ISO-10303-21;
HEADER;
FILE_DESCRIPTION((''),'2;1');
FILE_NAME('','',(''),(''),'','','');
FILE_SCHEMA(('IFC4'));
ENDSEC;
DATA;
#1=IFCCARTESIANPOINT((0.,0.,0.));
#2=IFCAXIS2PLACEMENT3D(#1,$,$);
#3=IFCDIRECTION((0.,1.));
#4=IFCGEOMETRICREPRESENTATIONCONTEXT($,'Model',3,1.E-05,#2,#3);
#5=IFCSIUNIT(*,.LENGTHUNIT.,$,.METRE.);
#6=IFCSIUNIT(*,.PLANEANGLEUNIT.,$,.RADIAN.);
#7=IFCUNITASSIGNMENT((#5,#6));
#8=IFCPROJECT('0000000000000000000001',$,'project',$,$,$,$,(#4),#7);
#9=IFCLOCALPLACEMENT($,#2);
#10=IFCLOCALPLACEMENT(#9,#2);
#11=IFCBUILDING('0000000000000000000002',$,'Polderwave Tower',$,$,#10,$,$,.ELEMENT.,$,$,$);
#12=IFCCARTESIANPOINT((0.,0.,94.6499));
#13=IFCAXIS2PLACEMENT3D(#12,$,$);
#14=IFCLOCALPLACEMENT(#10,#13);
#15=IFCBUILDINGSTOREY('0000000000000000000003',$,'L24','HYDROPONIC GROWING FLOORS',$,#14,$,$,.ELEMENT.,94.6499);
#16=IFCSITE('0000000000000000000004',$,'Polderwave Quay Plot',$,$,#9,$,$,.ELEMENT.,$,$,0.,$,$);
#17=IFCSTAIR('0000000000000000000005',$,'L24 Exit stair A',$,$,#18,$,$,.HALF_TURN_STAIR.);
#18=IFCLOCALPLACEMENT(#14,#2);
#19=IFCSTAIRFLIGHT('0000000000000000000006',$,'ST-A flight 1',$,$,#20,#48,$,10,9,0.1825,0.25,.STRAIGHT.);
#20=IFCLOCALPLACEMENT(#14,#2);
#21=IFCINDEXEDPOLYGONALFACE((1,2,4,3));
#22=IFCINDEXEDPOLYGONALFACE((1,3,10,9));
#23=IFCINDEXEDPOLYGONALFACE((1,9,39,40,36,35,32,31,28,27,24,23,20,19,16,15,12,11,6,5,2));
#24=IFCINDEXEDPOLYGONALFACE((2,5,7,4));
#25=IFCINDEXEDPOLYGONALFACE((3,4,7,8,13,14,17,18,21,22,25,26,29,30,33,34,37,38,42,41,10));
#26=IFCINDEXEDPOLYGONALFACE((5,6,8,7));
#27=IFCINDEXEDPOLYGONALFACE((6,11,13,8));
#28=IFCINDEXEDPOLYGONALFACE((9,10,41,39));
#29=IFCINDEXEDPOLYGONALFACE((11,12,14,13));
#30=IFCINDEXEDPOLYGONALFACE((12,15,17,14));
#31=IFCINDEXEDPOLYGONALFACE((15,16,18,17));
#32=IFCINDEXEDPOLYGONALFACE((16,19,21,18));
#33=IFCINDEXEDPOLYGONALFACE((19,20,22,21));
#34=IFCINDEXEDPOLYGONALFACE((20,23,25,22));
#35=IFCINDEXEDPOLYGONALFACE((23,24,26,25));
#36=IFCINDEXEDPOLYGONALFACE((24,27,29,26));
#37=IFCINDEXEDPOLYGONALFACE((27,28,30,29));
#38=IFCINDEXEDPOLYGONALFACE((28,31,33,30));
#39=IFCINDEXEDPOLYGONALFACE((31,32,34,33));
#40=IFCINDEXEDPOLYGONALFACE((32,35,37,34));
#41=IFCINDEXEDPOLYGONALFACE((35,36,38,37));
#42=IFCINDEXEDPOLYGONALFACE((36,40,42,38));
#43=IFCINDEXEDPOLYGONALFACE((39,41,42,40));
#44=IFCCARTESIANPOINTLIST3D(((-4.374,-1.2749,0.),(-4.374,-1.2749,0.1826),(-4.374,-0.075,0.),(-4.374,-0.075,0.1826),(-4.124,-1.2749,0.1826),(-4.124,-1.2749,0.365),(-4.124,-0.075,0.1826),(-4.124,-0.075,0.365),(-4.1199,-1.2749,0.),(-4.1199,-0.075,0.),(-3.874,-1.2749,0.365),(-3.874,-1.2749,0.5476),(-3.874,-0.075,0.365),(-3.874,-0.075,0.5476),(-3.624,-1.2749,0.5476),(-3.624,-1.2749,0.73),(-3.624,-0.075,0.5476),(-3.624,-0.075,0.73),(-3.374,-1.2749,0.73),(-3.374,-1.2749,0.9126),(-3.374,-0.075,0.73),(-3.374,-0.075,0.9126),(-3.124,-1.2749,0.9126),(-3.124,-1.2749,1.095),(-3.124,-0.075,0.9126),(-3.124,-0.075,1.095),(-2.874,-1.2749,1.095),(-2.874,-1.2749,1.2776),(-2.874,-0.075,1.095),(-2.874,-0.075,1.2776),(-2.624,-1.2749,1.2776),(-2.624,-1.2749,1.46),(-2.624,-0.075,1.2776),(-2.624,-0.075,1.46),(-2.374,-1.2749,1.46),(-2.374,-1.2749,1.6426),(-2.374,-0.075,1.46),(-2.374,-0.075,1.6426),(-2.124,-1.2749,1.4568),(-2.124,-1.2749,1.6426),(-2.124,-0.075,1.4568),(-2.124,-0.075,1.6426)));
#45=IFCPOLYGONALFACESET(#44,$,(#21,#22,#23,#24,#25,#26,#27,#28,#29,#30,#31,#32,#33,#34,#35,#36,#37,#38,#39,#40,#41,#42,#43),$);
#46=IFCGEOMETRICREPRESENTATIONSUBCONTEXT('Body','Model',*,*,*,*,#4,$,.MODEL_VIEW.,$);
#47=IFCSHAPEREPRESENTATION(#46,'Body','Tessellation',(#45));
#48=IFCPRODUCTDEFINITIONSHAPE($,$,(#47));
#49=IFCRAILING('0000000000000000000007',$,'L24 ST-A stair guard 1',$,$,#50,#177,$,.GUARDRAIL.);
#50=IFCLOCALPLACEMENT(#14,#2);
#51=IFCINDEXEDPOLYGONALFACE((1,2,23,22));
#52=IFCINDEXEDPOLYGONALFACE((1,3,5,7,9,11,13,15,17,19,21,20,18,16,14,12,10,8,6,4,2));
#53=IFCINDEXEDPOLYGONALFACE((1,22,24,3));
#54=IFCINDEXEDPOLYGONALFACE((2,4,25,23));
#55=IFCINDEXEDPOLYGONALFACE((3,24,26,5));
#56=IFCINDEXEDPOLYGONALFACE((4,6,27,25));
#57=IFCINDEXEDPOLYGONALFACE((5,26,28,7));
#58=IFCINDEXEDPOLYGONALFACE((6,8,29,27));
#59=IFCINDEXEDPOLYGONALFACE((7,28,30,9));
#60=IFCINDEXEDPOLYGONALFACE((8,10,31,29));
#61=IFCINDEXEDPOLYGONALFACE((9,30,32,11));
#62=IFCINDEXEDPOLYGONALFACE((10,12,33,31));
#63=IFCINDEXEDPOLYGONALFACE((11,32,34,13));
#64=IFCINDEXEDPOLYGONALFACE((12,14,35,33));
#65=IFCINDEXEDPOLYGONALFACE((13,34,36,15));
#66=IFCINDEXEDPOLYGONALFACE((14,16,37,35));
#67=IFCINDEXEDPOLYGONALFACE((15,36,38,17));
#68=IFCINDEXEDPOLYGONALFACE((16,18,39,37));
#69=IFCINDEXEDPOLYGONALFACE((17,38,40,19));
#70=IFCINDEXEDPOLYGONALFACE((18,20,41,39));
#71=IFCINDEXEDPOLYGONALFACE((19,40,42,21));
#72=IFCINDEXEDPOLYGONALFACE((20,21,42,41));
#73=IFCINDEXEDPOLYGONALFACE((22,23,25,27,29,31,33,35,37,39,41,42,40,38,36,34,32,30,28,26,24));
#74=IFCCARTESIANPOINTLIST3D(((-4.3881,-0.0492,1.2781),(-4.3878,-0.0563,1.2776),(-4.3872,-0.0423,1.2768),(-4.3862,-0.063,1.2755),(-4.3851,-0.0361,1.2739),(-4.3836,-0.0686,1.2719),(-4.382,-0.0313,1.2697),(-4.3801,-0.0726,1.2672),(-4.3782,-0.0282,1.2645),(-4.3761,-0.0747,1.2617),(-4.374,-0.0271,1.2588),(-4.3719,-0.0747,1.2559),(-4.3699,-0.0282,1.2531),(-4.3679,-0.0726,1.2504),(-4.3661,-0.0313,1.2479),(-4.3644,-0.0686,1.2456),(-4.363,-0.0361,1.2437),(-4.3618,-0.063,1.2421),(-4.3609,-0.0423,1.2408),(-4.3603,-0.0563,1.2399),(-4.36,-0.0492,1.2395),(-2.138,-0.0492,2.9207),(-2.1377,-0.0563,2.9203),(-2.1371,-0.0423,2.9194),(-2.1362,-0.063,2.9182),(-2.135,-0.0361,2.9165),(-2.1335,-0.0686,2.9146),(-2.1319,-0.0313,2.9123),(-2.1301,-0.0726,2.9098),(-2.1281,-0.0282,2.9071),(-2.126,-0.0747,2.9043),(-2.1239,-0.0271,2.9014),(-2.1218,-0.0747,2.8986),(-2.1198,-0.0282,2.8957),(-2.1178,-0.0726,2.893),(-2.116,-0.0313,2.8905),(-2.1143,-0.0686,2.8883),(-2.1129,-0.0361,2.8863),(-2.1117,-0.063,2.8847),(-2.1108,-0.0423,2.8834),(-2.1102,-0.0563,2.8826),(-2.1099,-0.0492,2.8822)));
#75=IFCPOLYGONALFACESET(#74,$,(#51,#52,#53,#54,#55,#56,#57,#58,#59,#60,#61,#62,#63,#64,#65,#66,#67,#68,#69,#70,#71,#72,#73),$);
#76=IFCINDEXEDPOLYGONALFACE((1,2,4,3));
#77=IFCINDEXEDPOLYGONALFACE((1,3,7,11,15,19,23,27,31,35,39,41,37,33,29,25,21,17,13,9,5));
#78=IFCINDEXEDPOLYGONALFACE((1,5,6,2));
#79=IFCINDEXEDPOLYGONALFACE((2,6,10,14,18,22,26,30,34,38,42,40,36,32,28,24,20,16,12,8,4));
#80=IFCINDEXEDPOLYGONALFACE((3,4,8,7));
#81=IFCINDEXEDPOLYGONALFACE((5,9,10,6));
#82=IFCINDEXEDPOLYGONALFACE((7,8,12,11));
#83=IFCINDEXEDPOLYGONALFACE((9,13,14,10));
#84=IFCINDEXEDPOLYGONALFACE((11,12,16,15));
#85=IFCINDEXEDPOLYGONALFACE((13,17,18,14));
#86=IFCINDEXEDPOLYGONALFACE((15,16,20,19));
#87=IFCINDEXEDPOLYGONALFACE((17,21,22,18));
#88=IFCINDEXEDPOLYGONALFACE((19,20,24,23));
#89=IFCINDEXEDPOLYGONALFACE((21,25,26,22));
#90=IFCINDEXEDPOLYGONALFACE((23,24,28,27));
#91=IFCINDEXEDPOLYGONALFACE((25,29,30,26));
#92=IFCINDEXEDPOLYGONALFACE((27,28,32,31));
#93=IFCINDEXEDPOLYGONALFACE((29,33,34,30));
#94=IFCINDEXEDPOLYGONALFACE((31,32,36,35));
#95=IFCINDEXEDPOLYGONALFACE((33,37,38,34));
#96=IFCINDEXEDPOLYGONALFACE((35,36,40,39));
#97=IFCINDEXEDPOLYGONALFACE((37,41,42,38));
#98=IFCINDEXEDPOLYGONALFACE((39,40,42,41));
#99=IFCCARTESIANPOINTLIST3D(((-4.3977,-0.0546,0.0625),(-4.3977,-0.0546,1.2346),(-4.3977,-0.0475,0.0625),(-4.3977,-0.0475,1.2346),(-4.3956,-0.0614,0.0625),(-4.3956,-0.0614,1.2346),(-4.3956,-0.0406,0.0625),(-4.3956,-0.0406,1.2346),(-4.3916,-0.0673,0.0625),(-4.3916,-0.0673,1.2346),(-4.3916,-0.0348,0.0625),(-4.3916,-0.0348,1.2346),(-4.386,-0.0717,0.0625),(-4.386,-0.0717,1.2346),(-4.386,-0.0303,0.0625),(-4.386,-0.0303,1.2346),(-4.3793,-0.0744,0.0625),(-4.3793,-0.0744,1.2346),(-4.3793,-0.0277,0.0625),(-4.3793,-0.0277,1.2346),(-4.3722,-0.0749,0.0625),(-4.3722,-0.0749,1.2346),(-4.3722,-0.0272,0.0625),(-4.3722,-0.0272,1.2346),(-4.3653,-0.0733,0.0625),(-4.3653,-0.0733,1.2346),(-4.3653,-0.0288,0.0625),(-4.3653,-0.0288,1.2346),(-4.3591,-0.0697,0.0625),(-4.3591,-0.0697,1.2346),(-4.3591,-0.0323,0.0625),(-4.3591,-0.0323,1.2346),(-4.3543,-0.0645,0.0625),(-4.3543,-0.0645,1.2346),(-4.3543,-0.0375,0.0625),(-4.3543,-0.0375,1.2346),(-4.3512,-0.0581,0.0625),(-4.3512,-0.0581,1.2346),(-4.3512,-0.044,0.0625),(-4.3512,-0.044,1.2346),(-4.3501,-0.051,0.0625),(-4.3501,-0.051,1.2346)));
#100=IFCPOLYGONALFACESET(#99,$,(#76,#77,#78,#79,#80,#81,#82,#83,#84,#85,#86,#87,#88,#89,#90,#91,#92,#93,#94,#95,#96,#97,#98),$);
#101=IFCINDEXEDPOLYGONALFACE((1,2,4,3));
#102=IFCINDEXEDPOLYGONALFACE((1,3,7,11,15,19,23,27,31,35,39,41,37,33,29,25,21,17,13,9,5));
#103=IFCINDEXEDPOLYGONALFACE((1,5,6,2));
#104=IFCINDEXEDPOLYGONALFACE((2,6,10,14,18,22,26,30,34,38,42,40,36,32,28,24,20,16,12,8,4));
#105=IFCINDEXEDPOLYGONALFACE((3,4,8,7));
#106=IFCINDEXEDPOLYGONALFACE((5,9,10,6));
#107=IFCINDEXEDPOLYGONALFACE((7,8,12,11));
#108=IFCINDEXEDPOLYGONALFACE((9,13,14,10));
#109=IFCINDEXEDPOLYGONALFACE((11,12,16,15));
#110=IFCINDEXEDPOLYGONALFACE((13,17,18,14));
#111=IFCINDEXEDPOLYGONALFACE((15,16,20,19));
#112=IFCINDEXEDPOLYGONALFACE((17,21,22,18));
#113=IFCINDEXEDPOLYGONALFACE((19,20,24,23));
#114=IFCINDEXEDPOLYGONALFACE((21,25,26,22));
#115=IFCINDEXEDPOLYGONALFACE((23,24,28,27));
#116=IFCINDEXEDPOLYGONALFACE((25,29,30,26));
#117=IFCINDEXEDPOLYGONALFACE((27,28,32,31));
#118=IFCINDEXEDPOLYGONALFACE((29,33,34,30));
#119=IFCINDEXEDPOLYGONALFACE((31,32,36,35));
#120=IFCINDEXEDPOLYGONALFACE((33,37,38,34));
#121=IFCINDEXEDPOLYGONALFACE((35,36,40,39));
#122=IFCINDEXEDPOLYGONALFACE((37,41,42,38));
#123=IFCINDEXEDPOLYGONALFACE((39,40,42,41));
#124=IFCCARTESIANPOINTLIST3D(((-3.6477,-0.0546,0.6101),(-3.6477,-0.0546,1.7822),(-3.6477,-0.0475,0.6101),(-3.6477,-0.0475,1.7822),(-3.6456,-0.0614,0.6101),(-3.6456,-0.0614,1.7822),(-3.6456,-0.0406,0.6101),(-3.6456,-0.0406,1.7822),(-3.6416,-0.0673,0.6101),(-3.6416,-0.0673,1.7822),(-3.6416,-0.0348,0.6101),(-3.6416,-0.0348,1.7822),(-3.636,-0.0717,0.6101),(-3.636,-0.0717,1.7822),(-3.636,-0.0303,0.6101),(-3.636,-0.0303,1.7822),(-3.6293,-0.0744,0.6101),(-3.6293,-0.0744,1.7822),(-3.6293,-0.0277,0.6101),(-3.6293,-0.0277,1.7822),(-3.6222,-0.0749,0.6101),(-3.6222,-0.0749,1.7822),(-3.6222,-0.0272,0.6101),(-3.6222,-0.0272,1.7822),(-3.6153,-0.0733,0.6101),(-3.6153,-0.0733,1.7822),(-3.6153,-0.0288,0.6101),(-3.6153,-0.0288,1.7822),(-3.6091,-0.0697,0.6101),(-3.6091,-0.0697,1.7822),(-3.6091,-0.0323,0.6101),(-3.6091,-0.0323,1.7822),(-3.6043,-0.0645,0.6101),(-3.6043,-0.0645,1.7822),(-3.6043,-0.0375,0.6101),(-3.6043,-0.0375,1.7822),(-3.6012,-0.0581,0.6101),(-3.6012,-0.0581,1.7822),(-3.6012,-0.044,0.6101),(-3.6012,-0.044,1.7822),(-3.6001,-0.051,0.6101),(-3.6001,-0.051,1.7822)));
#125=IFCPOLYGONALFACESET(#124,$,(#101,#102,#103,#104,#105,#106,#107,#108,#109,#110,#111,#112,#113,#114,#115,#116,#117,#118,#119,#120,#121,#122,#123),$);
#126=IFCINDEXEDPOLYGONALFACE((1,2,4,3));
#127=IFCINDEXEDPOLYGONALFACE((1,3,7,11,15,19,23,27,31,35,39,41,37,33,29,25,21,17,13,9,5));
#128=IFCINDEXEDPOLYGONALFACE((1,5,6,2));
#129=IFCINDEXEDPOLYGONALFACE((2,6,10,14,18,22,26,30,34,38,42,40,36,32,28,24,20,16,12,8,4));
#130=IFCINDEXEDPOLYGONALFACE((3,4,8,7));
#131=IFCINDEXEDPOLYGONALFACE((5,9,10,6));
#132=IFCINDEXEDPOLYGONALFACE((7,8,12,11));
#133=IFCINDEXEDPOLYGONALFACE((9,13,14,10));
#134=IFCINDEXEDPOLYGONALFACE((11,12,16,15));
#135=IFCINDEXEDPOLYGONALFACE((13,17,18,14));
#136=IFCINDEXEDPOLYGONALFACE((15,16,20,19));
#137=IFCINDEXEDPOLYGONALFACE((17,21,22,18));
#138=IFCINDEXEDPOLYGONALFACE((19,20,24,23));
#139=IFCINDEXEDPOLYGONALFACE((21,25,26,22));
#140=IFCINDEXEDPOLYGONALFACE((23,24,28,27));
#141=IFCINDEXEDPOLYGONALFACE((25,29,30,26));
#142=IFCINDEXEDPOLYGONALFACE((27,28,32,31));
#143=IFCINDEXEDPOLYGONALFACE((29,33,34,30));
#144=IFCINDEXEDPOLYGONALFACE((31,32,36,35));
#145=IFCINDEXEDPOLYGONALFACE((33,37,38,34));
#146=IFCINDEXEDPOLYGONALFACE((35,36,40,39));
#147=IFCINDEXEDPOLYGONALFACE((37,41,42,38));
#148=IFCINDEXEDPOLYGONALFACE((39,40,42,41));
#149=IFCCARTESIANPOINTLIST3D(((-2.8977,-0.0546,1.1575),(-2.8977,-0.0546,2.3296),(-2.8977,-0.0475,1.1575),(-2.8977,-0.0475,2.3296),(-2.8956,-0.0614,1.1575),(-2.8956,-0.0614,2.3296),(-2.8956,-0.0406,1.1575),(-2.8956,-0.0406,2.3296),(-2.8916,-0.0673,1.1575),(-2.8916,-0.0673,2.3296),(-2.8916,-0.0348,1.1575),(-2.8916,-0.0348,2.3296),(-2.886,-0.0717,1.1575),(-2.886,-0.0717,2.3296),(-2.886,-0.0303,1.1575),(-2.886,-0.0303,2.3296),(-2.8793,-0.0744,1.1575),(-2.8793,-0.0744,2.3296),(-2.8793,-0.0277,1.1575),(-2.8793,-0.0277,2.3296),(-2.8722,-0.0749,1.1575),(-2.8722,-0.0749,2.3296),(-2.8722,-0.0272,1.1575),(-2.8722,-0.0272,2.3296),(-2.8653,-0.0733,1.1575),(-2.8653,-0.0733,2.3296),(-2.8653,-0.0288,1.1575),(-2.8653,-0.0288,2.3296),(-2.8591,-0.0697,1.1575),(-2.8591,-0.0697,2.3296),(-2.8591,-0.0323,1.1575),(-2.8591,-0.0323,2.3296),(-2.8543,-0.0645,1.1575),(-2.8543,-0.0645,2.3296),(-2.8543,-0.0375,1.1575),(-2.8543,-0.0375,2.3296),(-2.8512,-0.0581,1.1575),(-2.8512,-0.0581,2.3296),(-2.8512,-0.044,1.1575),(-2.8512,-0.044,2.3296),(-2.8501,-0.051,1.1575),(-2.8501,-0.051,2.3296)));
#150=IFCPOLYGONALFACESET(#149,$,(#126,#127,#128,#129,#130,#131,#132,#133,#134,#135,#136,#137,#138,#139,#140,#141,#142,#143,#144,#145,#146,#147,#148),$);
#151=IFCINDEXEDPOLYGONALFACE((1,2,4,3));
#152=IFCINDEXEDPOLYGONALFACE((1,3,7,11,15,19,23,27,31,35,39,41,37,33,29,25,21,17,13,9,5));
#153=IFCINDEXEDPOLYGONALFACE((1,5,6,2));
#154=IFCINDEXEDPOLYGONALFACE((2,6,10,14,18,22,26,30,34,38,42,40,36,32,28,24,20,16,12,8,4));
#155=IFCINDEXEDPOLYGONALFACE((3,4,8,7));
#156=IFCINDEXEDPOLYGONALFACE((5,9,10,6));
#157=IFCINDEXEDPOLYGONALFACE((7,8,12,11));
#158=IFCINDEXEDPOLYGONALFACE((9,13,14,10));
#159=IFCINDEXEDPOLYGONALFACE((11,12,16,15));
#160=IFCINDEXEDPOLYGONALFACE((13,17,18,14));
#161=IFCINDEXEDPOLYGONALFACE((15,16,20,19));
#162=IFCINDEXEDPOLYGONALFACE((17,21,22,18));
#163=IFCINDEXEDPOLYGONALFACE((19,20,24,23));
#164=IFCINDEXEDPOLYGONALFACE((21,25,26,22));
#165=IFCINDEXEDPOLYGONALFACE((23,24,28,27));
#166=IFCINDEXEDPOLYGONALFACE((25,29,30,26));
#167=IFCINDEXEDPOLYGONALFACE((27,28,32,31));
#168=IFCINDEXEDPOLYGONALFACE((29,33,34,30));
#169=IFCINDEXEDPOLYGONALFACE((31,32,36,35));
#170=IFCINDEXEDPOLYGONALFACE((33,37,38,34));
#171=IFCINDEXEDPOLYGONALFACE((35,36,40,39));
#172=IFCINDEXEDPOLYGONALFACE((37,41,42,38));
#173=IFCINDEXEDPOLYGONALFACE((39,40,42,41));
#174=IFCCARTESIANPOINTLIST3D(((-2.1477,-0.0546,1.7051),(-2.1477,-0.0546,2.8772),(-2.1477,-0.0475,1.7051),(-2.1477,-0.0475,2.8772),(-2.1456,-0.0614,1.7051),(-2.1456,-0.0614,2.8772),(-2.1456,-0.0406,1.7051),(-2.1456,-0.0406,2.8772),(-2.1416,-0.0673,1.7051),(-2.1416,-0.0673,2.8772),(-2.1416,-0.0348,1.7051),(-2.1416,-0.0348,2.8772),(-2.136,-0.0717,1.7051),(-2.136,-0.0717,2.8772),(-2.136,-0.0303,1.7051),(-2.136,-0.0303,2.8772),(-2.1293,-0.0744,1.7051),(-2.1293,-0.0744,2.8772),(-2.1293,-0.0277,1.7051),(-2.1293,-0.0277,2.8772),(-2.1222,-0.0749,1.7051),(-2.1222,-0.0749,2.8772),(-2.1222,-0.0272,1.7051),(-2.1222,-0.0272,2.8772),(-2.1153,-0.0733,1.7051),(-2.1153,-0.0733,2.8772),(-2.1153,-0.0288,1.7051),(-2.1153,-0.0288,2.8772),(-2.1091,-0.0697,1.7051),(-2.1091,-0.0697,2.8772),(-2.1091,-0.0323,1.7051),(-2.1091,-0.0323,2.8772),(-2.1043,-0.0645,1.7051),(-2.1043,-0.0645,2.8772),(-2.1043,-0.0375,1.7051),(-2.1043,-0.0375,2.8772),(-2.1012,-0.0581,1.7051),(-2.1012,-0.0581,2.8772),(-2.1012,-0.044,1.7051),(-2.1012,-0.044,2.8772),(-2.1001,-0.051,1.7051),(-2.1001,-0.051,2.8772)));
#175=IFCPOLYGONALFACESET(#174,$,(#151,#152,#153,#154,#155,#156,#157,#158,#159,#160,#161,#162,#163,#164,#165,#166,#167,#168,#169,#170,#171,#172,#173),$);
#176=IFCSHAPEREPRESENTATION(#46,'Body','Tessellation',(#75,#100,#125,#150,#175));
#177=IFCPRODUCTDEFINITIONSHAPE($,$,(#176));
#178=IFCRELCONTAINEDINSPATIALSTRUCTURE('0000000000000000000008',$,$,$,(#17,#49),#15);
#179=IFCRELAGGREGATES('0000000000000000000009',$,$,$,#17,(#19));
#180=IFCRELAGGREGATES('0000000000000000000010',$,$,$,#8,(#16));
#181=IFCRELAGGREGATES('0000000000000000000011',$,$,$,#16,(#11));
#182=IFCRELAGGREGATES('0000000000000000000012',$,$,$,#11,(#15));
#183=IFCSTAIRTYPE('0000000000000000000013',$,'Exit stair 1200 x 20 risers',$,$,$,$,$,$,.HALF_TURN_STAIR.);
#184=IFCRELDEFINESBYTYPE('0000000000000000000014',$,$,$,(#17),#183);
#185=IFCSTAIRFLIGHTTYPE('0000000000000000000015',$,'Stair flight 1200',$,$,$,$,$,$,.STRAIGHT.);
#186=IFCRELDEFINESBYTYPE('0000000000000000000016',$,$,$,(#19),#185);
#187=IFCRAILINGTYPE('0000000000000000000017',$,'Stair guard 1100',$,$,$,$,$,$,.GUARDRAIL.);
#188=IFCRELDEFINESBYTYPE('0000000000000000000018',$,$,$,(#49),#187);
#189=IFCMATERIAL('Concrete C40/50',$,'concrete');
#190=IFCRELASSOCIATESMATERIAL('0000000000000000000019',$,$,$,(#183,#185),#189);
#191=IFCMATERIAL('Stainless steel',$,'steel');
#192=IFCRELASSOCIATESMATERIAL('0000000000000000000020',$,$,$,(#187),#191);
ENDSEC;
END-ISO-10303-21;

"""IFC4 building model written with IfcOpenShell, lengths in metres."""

from ifc_helpers import new_model, si_unit, direction, frame, origin, origin_2d, place, context, subcontext, project, spatial, polyline, circle, outline, extrude, material, type_object, element, aggregate, save


model = new_model("IFC4")

# Units and contexts
model_context = context("Model", 3, precision=1e-05, world=origin(), true_north=direction((0.0, 1.0)))
body_context = subcontext(model_context, "Body", "Model", "MODEL_VIEW")
ifc_project = project(units=[si_unit("LENGTHUNIT", "METRE"), si_unit("PLANEANGLEUNIT", "RADIAN")], contexts=[model_context])

# Site, building, storey
site_placement = place(None, origin())
site = spatial("IfcSite", under=ifc_project, at=site_placement, Name="Polderwave Quay Plot", CompositionType="ELEMENT", RefElevation=0.0)
building_placement = place(site_placement, origin())
building = spatial("IfcBuilding", under=site, at=building_placement, Name="Polderwave Tower", CompositionType="ELEMENT")
storey_placement = place(building_placement, frame((0.0, 0.0, 94.6499)))
storey = spatial("IfcBuildingStorey", under=building, at=storey_placement, Name="L24", Description="HYDROPONIC GROWING FLOORS", CompositionType="ELEMENT", Elevation=94.6499)

# Shared definitions
ifc_material_1 = material(Name="Concrete C40/50", Category="concrete")

# Stair, stair flight
stair_type = type_object("IfcStairType", Name="Exit stair 1200 x 20 risers", PredefinedType="HALF_TURN_STAIR", material=ifc_material_1)
stair_placement = place(storey_placement, origin())
stair = element("IfcStair", 1, at=stair_placement, inside=storey, type_object=stair_type, Name="L24 Exit stair A", PredefinedType="HALF_TURN_STAIR")
stair_flight_type = type_object("IfcStairFlightType", Name="Stair flight 1200", PredefinedType="STRAIGHT", material=ifc_material_1)
stair_flight_placement = place(storey_placement, frame((-4.374, -0.675, 0.0), z_axis=(0.0, 0.0, 1.0), x_axis=(1.0, 0.0, 0.0)))
stair_flight = element("IfcStairFlight", 2, at=stair_flight_placement, type_object=stair_flight_type, Name="ST-A flight 1", NumberOfRisers=10, NumberOfTreads=9, PredefinedType="STRAIGHT", RiserHeight=0.1825, TreadLength=0.25, context=body_context, shape_type="SweptSolid", body=[
    extrude(outline(polyline([(0.0, 0.0), (0.0, 0.1826), (0.25, 0.1826), (0.25, 0.365), (0.5, 0.365), (0.5, 0.5476), (0.75, 0.5476), (0.75, 0.73), (1.0, 0.73), (1.0, 0.9126), (1.25, 0.9126), (1.25, 1.095), (1.5, 1.095), (1.5, 1.2776), (1.75, 1.2776), (1.75, 1.46), (2.0, 1.46), (2.0, 1.6426), (2.25, 1.6426), (2.25, 1.825), (2.25, 1.4568), (0.2542, 0.0), (0.0, 0.0)])), frame((0.0, 0.6001, 0.0), z_axis=(0.0, -1.0, 0.0), x_axis=(1.0, 0.0, 0.0)), (0.0, 0.0, 1.0), 1.2),
])
aggregate(stair, [stair_flight])

# Railing
ifc_material_2 = material(Name="Stainless steel", Category="steel")
railing_type_1 = type_object("IfcRailingType", Name="Stair guard 1100", PredefinedType="GUARDRAIL", material=ifc_material_2)
railing_1_placement = place(storey_placement, frame((-4.374, -0.051, 0.0625)))
element("IfcRailing", 3, at=railing_1_placement, inside=storey, type_object=railing_type_1, Name="L24 ST-A stair guard 1", PredefinedType="GUARDRAIL", context=body_context, shape_type="SweptSolid", body=[
    extrude(circle(Radius=0.0239, at=origin_2d()), frame((0.0, 0.0, 1.1963), z_axis=(0.807674, 0.0, 0.58963), x_axis=(0.0, 1.0, 0.0)), (0.0, 0.0, 1.0), 2.7859),
    extrude(circle(Radius=0.0239, at=origin_2d()), origin(), (0.0, 0.0, 1.0), 1.1721),
    extrude(circle(Radius=0.0239, at=origin_2d()), frame((0.75, 0.0, 0.5476)), (0.0, 0.0, 1.0), 1.1721),
    extrude(circle(Radius=0.0239, at=origin_2d()), frame((1.5, 0.0, 1.095)), (0.0, 0.0, 1.0), 1.1721),
    extrude(circle(Radius=0.0239, at=origin_2d()), frame((2.25, 0.0, 1.6426)), (0.0, 0.0, 1.0), 1.1721),
])

save(model, "model.ifc")
